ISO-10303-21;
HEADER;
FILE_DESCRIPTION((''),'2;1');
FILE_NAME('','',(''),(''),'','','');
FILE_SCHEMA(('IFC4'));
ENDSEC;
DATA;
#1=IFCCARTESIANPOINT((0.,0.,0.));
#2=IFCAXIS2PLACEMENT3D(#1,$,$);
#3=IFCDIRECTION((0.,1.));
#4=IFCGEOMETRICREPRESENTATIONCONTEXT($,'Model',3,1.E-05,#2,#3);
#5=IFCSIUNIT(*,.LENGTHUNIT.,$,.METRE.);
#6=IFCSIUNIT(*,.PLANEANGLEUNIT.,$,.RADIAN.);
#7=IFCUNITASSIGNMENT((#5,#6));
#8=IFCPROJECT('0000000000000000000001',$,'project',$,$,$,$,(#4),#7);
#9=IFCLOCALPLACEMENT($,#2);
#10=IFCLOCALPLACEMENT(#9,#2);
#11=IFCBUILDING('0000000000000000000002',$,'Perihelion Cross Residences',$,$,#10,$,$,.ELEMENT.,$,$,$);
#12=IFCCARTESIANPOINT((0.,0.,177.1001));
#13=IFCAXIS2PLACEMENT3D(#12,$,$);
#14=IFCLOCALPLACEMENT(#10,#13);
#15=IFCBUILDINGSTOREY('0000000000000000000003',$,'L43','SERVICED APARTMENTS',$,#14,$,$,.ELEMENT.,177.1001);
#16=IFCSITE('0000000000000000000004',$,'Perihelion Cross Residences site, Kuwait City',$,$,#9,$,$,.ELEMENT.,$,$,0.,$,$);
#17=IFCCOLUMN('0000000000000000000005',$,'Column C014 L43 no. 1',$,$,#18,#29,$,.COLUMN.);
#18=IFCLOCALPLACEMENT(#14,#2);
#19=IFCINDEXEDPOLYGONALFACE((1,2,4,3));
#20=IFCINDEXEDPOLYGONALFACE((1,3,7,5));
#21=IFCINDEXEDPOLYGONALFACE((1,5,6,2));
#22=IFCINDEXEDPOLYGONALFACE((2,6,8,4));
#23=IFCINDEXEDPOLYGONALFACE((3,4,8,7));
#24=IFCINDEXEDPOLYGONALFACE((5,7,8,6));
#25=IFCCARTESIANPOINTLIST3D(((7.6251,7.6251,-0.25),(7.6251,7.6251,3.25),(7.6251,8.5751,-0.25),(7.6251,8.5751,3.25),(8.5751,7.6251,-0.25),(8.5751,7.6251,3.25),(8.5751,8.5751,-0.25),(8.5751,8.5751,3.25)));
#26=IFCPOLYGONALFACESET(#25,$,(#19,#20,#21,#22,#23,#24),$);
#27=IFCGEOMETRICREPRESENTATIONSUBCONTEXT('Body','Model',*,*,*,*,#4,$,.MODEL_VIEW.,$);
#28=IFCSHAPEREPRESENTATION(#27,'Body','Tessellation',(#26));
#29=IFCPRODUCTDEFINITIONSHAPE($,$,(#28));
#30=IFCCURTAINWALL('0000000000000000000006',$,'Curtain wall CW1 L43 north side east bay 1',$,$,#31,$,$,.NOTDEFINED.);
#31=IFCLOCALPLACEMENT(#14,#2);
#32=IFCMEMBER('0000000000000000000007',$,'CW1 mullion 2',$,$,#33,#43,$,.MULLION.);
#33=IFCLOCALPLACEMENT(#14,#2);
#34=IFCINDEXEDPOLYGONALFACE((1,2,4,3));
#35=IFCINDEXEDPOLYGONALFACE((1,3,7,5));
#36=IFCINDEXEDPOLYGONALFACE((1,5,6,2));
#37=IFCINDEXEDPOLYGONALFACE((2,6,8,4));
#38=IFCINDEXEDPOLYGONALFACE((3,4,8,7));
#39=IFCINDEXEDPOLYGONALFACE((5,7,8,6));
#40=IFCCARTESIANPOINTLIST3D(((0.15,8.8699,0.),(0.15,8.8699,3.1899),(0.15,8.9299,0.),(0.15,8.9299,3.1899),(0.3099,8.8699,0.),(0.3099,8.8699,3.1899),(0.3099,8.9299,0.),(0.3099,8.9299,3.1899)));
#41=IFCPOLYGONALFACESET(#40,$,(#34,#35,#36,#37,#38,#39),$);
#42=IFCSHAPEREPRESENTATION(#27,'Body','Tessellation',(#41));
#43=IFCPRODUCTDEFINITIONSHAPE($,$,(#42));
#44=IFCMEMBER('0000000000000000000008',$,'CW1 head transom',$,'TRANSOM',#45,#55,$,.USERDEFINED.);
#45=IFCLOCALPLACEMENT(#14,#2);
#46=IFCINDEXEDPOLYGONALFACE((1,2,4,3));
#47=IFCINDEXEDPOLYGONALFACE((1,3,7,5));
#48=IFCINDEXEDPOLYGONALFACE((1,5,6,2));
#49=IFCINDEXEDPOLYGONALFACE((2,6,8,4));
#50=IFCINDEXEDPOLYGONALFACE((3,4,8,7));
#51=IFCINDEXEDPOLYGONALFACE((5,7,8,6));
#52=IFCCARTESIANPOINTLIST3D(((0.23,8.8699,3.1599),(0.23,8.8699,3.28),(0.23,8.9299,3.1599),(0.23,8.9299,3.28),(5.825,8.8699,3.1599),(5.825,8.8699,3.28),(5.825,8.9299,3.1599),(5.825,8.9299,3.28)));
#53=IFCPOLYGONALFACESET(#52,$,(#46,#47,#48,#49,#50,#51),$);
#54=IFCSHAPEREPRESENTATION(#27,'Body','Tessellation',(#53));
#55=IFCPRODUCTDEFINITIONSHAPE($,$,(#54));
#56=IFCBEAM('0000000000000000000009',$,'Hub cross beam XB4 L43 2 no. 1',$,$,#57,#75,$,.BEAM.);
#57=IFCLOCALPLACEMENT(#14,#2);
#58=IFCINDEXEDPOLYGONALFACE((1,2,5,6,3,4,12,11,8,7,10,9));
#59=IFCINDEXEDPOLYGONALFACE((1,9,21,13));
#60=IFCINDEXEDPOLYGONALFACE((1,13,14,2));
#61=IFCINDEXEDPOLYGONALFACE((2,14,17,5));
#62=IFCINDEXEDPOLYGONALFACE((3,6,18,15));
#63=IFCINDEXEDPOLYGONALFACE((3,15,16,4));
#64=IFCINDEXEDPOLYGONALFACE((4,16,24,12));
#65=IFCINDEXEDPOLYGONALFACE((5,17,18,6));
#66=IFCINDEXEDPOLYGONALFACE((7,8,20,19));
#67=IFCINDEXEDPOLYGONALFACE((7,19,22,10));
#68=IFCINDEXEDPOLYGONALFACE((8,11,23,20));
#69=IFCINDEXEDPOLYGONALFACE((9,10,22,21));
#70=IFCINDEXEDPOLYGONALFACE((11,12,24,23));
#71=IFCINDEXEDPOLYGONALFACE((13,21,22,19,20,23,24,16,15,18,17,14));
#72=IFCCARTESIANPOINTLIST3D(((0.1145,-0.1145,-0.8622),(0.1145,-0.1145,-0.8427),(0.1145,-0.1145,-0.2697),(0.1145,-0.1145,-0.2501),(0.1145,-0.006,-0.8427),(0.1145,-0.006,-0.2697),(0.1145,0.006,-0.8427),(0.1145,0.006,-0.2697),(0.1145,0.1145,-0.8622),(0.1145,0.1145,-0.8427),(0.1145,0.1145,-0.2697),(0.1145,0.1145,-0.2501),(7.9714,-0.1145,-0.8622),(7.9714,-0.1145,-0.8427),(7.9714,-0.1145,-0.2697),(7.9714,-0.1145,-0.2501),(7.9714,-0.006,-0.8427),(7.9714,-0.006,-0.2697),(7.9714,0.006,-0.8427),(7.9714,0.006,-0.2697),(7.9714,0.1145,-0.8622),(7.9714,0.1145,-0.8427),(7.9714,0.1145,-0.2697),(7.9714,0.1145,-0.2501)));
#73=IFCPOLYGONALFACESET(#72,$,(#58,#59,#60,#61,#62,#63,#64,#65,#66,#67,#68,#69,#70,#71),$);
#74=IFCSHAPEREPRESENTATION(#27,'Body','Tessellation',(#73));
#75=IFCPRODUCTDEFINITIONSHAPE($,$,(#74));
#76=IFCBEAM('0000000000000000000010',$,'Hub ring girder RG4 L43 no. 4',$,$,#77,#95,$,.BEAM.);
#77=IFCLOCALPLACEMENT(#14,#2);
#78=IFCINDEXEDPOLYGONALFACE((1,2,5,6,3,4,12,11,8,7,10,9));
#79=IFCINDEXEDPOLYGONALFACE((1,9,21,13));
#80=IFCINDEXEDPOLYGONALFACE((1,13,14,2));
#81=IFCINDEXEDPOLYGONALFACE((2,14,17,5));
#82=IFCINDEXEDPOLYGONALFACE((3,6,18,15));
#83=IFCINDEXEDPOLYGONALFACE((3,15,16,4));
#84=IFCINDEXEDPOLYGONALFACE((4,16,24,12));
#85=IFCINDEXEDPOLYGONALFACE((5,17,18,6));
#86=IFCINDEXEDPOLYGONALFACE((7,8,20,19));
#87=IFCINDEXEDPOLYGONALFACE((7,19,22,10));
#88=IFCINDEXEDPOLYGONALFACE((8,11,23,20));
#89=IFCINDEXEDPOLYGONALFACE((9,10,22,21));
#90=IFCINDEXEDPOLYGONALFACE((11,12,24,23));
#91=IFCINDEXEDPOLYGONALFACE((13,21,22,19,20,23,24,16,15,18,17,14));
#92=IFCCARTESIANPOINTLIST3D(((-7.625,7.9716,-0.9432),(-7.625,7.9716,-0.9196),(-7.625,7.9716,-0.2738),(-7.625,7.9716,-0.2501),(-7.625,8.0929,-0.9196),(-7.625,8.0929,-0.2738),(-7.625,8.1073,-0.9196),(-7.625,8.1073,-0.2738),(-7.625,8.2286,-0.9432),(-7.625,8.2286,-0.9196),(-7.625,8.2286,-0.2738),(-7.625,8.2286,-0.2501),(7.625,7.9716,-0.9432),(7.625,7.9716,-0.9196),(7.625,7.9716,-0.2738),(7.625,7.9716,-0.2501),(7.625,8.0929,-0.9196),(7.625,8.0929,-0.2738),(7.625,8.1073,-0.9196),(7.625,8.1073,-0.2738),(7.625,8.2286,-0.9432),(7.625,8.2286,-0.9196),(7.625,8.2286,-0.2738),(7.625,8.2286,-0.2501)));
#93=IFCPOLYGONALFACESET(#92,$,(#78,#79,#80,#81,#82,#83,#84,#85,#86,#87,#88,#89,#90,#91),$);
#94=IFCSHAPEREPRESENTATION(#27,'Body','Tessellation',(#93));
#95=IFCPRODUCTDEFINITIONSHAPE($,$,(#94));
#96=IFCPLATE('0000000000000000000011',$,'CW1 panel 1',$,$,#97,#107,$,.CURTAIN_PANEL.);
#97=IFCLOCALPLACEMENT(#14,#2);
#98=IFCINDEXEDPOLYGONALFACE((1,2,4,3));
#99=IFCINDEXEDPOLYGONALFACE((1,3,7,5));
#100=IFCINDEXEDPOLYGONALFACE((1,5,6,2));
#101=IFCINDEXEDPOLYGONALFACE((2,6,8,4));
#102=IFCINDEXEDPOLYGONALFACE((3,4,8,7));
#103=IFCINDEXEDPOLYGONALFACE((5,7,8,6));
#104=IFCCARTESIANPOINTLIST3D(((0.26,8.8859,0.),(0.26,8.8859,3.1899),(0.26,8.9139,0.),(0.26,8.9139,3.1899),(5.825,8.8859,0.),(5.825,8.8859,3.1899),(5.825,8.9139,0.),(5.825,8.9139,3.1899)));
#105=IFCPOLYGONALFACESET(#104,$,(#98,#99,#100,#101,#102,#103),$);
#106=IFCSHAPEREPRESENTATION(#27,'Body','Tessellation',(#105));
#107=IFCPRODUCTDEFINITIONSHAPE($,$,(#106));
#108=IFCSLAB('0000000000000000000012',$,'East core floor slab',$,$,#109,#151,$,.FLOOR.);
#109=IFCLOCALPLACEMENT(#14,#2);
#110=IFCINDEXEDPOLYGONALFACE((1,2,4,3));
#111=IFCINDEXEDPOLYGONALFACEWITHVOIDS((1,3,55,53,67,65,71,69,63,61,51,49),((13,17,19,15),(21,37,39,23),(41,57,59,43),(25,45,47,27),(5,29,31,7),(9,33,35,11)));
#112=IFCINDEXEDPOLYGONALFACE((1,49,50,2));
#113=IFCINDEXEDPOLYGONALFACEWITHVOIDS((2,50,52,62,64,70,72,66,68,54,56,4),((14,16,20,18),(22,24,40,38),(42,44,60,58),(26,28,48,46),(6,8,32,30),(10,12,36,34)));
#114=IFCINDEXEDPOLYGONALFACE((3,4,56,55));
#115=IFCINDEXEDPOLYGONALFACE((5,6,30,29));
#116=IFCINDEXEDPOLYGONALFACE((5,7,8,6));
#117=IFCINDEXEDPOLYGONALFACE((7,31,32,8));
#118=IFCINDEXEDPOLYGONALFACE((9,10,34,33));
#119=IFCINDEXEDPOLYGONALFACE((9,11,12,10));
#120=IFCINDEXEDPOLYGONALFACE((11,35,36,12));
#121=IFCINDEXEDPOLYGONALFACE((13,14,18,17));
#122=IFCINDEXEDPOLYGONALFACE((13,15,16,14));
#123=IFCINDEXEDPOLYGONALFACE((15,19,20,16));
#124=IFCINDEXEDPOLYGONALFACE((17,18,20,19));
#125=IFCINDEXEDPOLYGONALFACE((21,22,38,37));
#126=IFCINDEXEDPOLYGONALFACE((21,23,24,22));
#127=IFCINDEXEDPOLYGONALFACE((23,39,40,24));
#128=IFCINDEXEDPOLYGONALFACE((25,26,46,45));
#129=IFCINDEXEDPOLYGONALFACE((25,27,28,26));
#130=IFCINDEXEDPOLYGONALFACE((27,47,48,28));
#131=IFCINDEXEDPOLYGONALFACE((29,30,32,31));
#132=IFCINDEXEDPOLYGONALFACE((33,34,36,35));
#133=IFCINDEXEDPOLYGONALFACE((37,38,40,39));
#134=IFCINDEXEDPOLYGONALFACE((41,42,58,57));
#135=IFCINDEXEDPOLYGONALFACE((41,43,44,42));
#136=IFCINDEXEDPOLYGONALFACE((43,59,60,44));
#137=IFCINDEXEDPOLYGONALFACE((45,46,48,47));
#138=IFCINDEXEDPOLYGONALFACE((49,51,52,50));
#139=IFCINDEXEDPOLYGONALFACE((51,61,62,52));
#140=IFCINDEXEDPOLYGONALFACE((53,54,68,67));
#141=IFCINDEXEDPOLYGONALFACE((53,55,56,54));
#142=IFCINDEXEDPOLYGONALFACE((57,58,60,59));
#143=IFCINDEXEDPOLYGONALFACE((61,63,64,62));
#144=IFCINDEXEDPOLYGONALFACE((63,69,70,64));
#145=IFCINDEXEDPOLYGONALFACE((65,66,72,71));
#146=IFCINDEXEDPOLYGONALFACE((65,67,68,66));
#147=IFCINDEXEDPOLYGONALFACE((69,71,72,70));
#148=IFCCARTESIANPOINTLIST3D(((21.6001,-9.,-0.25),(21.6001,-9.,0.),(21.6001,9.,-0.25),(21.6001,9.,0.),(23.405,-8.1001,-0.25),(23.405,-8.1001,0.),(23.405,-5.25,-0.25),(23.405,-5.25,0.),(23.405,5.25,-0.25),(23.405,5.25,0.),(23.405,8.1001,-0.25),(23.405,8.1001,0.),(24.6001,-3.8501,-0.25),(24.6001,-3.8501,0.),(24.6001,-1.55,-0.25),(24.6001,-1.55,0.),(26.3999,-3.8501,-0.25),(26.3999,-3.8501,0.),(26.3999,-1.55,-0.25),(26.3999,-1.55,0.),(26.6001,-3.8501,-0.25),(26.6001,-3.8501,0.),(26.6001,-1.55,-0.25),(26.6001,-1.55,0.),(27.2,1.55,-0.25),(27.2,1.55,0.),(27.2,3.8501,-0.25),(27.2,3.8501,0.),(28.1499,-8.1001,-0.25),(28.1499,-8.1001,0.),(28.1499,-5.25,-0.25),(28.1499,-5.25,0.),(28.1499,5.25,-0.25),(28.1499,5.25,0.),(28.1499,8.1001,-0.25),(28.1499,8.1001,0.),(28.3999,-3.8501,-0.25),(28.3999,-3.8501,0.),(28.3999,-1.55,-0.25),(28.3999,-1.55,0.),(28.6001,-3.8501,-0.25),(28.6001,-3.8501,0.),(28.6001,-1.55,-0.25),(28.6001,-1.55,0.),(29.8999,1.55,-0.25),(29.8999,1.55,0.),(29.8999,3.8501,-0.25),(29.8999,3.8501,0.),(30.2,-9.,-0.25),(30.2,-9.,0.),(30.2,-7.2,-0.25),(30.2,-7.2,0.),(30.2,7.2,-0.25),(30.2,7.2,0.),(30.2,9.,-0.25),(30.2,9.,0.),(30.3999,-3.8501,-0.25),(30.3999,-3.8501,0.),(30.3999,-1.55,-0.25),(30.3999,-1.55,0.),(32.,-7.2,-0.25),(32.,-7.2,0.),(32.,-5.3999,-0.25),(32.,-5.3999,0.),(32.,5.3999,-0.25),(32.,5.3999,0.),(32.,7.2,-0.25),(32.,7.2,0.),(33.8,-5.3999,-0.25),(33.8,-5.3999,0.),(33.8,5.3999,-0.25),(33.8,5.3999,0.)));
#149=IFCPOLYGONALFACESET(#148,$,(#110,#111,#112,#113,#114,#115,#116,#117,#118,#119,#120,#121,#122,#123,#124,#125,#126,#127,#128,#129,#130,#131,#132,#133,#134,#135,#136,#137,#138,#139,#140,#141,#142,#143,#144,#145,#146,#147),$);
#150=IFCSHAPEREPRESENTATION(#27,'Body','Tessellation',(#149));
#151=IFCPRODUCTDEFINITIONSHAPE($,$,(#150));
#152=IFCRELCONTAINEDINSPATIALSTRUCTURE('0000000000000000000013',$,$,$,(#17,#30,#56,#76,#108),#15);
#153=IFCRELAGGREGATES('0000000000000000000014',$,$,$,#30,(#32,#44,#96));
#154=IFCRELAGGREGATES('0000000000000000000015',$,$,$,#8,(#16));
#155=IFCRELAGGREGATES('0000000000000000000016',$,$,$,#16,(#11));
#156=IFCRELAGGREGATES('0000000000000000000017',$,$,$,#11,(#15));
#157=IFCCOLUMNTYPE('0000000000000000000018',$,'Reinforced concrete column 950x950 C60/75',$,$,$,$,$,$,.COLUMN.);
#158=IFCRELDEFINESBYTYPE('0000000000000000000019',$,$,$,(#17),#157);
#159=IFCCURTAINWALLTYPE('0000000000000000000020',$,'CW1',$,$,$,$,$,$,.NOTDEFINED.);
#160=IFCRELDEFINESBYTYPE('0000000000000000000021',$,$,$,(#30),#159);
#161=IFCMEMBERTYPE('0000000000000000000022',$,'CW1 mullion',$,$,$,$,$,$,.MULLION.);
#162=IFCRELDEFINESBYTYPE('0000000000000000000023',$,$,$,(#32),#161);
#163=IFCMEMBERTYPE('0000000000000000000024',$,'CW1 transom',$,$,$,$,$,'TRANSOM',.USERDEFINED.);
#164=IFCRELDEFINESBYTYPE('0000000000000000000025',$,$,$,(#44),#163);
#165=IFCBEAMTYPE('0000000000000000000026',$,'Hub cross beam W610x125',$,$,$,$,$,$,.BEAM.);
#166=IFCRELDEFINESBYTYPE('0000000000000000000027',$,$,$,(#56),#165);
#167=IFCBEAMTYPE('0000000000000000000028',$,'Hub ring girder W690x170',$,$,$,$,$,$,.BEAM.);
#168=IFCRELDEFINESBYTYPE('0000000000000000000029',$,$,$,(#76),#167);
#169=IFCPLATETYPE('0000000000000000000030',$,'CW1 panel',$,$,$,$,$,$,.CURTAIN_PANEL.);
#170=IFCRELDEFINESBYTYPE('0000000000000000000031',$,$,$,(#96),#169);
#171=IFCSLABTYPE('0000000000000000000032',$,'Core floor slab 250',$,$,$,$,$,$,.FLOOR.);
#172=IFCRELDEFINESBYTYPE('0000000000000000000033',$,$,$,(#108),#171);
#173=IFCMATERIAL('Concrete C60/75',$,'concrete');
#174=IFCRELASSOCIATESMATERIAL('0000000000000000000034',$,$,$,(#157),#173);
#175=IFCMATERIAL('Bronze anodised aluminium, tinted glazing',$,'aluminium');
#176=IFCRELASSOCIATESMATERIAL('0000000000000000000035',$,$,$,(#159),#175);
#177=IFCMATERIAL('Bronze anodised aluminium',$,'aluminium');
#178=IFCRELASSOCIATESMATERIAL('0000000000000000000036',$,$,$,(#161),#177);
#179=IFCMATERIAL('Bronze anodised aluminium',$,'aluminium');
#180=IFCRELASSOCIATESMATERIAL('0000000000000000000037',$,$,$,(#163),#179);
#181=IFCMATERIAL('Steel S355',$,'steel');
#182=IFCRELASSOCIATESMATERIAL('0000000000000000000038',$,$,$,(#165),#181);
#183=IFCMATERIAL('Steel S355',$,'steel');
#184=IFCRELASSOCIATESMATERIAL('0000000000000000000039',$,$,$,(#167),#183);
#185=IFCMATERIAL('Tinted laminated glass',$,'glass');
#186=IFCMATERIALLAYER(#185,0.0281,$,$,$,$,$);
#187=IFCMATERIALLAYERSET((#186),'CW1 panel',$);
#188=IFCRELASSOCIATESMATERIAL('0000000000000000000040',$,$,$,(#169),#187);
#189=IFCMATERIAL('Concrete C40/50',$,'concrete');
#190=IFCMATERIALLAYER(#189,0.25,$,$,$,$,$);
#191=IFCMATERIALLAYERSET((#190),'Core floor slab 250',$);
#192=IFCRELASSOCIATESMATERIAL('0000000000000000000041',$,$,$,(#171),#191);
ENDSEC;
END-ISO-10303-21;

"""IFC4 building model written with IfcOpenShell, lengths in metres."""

from ifc_helpers import new_model, si_unit, direction, frame, origin, origin_2d, place, context, subcontext, project, spatial, polyline, rectangle, i_section, outline, extrude, material, layer, layer_set, material_profile, profile_set, type_object, element, aggregate, save


model = new_model("IFC4")

# Units and contexts
model_context = context("Model", 3, precision=1e-05, world=origin(), true_north=direction((0.0, 1.0)))
body_context = subcontext(model_context, "Body", "Model", "MODEL_VIEW")
ifc_project = project(units=[si_unit("LENGTHUNIT", "METRE"), si_unit("PLANEANGLEUNIT", "RADIAN")], contexts=[model_context])

# Site, building, storey
site_placement = place(None, origin())
site = spatial("IfcSite", under=ifc_project, at=site_placement, Name="Perihelion Cross Residences site, Kuwait City", CompositionType="ELEMENT", RefElevation=0.0)
building_placement = place(site_placement, origin())
building = spatial("IfcBuilding", under=site, at=building_placement, Name="Perihelion Cross Residences", CompositionType="ELEMENT")
storey_placement = place(building_placement, frame((0.0, 0.0, 177.1001)))
storey = spatial("IfcBuildingStorey", under=building, at=storey_placement, Name="L43", Description="SERVICED APARTMENTS", CompositionType="ELEMENT", Elevation=177.1001)

# Column
ifc_material_1 = material(Name="Concrete C60/75", Category="concrete")
ifc_material_profile_1 = material_profile(ifc_material_1, rectangle(XDim=0.95, YDim=0.95, at=origin_2d()), Name="RC 950x950")
ifc_profile_set_1 = profile_set([ifc_material_profile_1], Name="Concrete C60/75")
column_type = type_object("IfcColumnType", Name="Reinforced concrete column 950x950 C60/75", PredefinedType="COLUMN", material=ifc_profile_set_1)
column_placement = place(storey_placement, frame((8.1001, 8.1001, -0.25), z_axis=(0.0, 0.0, 1.0), x_axis=(1.0, 0.0, 0.0)))
element("IfcColumn", 1, at=column_placement, inside=storey, type_object=column_type, Name="Column C014 L43 no. 1", PredefinedType="COLUMN", context=body_context, shape_type="SweptSolid", body=[
    extrude(rectangle(XDim=0.95, YDim=0.95, at=origin_2d()), origin(), (0.0, 0.0, 1.0), 3.5),
])

# Curtain wall, members
ifc_material_2 = material(Name="Bronze anodised aluminium, tinted glazing", Category="aluminium")
curtain_wall_type = type_object("IfcCurtainWallType", Name="CW1", PredefinedType="NOTDEFINED", material=ifc_material_2)
curtain_wall_placement = place(storey_placement, origin())
curtain_wall = element("IfcCurtainWall", 2, at=curtain_wall_placement, inside=storey, type_object=curtain_wall_type, Name="Curtain wall CW1 L43 north side east bay 1", PredefinedType="NOTDEFINED")
ifc_material_3 = material(Name="Bronze anodised aluminium", Category="aluminium")
ifc_material_profile_2 = material_profile(ifc_material_3, rectangle(XDim=0.0601, YDim=0.1599, at=origin_2d()), Name="CW1 mullion")
ifc_profile_set_2 = profile_set([ifc_material_profile_2], Name="Bronze anodised aluminium")
member_type_1 = type_object("IfcMemberType", Name="CW1 mullion", PredefinedType="MULLION", material=ifc_profile_set_2)
member_1_placement = place(storey_placement, frame((0.23, 8.8999, 0.0), z_axis=(0.0, 0.0, 1.0), x_axis=(0.0, -1.0, 0.0)))
member_1 = element("IfcMember", 3, at=member_1_placement, type_object=member_type_1, Name="CW1 mullion 2", PredefinedType="MULLION", context=body_context, shape_type="SweptSolid", body=[
    extrude(rectangle(XDim=0.0601, YDim=0.1599, at=origin_2d()), origin(), (0.0, 0.0, 1.0), 3.1899),
])
ifc_material_4 = material(Name="Bronze anodised aluminium", Category="aluminium")
ifc_material_profile_3 = material_profile(ifc_material_4, rectangle(XDim=0.0601, YDim=0.1201, at=origin_2d()), Name="CW1 transom")
ifc_profile_set_3 = profile_set([ifc_material_profile_3], Name="Bronze anodised aluminium")
member_type_2 = type_object("IfcMemberType", Name="CW1 transom", ElementType="TRANSOM", PredefinedType="USERDEFINED", material=ifc_profile_set_3)
member_2_placement = place(storey_placement, frame((5.825, 8.8999, 3.22), z_axis=(-1.0, 0.0, 0.0), x_axis=(0.0, -1.0, 0.0)))
member_2 = element("IfcMember", 4, at=member_2_placement, type_object=member_type_2, Name="CW1 head transom", ObjectType="TRANSOM", PredefinedType="USERDEFINED", context=body_context, shape_type="SweptSolid", body=[
    extrude(rectangle(XDim=0.0601, YDim=0.1201, at=origin_2d()), origin(), (0.0, 0.0, 1.0), 5.595),
])

# Beams
ifc_material_5 = material(Name="Steel S355", Category="steel")
ifc_material_profile_4 = material_profile(ifc_material_5, i_section(OverallWidth=0.229, OverallDepth=0.6121, WebThickness=0.012, FlangeThickness=0.0195, at=origin_2d()), Name="W610x125")
ifc_profile_set_4 = profile_set([ifc_material_profile_4], Name="Steel S355")
beam_type_1 = type_object("IfcBeamType", Name="Hub cross beam W610x125", PredefinedType="BEAM", material=ifc_profile_set_4)
beam_1_placement = place(storey_placement, frame((0.1145, 0.0, -0.5562), z_axis=(1.0, 0.0, 0.0), x_axis=(0.0, 1.0, 0.0)))
element("IfcBeam", 5, at=beam_1_placement, inside=storey, type_object=beam_type_1, Name="Hub cross beam XB4 L43 2 no. 1", PredefinedType="BEAM", context=body_context, shape_type="SweptSolid", body=[
    extrude(i_section(OverallWidth=0.229, OverallDepth=0.6121, WebThickness=0.012, FlangeThickness=0.0195, at=origin_2d()), origin(), (0.0, 0.0, 1.0), 7.8569),
])
ifc_material_6 = material(Name="Steel S355", Category="steel")
ifc_material_profile_5 = material_profile(ifc_material_6, i_section(OverallWidth=0.2571, OverallDepth=0.6931, WebThickness=0.0144, FlangeThickness=0.0237, at=origin_2d()), Name="W690x170")
ifc_profile_set_5 = profile_set([ifc_material_profile_5], Name="Steel S355")
beam_type_2 = type_object("IfcBeamType", Name="Hub ring girder W690x170", PredefinedType="BEAM", material=ifc_profile_set_5)
beam_2_placement = place(storey_placement, frame((7.625, 8.1001, -0.5967), z_axis=(-1.0, 0.0, 0.0), x_axis=(0.0, -1.0, 0.0)))
element("IfcBeam", 6, at=beam_2_placement, inside=storey, type_object=beam_type_2, Name="Hub ring girder RG4 L43 no. 4", PredefinedType="BEAM", context=body_context, shape_type="SweptSolid", body=[
    extrude(i_section(OverallWidth=0.2571, OverallDepth=0.6931, WebThickness=0.0144, FlangeThickness=0.0237, at=origin_2d()), origin(), (0.0, 0.0, 1.0), 15.25),
])

# Plate
ifc_material_7 = material(Name="Tinted laminated glass", Category="glass")
ifc_layer_1 = layer(ifc_material_7, 0.0281)
ifc_layer_set_1 = layer_set([ifc_layer_1], Name="CW1 panel")
plate_type = type_object("IfcPlateType", Name="CW1 panel", PredefinedType="CURTAIN_PANEL", material=ifc_layer_set_1)
plate_placement = place(storey_placement, frame((3.0425, 8.8999, 0.0), z_axis=(0.0, 0.0, 1.0), x_axis=(-1.0, 0.0, 0.0)))
plate = element("IfcPlate", 7, at=plate_placement, type_object=plate_type, Name="CW1 panel 1", PredefinedType="CURTAIN_PANEL", context=body_context, shape_type="SweptSolid", body=[
    extrude(rectangle(XDim=5.5649, YDim=0.0281, at=origin_2d()), origin(), (0.0, 0.0, 1.0), 3.1899),
])
aggregate(curtain_wall, [member_1, member_2, plate])

# Slab
ifc_material_8 = material(Name="Concrete C40/50", Category="concrete")
ifc_layer_2 = layer(ifc_material_8, 0.25)
ifc_layer_set_2 = layer_set([ifc_layer_2], Name="Core floor slab 250")
slab_type_1 = type_object("IfcSlabType", Name="Core floor slab 250", PredefinedType="FLOOR", material=ifc_layer_set_2)
slab_1_placement = place(storey_placement, frame((0.0, 0.0, -0.25)))
element("IfcSlab", 8, at=slab_1_placement, inside=storey, type_object=slab_type_1, Name="East core floor slab", PredefinedType="FLOOR", context=body_context, shape_type="SweptSolid", body=[
    extrude(outline(polyline([(30.2, 7.2), (32.0, 7.2), (32.0, 5.3999), (33.8, 5.3999), (33.8, -5.3999), (32.0, -5.3999), (32.0, -7.2), (30.2, -7.2), (30.2, -9.0), (21.6001, -9.0), (21.6001, 9.0), (30.2, 9.0), (30.2, 7.2)]), holes=[polyline([(28.1499, -8.1001), (28.1499, -5.25), (23.405, -5.25), (23.405, -8.1001), (28.1499, -8.1001)]), polyline([(24.6001, -1.55), (24.6001, -3.8501), (26.3999, -3.8501), (26.3999, -1.55), (24.6001, -1.55)]), polyline([(26.6001, -1.55), (26.6001, -3.8501), (28.3999, -3.8501), (28.3999, -1.55), (26.6001, -1.55)]), polyline([(28.6001, -3.8501), (30.3999, -3.8501), (30.3999, -1.55), (28.6001, -1.55), (28.6001, -3.8501)]), polyline([(27.2, 3.8501), (27.2, 1.55), (29.8999, 1.55), (29.8999, 3.8501), (27.2, 3.8501)]), polyline([(23.405, 5.25), (28.1499, 5.25), (28.1499, 8.1001), (23.405, 8.1001), (23.405, 5.25)])]), origin(), (0.0, 0.0, 1.0), 0.25),
])

save(model, "model.ifc")
